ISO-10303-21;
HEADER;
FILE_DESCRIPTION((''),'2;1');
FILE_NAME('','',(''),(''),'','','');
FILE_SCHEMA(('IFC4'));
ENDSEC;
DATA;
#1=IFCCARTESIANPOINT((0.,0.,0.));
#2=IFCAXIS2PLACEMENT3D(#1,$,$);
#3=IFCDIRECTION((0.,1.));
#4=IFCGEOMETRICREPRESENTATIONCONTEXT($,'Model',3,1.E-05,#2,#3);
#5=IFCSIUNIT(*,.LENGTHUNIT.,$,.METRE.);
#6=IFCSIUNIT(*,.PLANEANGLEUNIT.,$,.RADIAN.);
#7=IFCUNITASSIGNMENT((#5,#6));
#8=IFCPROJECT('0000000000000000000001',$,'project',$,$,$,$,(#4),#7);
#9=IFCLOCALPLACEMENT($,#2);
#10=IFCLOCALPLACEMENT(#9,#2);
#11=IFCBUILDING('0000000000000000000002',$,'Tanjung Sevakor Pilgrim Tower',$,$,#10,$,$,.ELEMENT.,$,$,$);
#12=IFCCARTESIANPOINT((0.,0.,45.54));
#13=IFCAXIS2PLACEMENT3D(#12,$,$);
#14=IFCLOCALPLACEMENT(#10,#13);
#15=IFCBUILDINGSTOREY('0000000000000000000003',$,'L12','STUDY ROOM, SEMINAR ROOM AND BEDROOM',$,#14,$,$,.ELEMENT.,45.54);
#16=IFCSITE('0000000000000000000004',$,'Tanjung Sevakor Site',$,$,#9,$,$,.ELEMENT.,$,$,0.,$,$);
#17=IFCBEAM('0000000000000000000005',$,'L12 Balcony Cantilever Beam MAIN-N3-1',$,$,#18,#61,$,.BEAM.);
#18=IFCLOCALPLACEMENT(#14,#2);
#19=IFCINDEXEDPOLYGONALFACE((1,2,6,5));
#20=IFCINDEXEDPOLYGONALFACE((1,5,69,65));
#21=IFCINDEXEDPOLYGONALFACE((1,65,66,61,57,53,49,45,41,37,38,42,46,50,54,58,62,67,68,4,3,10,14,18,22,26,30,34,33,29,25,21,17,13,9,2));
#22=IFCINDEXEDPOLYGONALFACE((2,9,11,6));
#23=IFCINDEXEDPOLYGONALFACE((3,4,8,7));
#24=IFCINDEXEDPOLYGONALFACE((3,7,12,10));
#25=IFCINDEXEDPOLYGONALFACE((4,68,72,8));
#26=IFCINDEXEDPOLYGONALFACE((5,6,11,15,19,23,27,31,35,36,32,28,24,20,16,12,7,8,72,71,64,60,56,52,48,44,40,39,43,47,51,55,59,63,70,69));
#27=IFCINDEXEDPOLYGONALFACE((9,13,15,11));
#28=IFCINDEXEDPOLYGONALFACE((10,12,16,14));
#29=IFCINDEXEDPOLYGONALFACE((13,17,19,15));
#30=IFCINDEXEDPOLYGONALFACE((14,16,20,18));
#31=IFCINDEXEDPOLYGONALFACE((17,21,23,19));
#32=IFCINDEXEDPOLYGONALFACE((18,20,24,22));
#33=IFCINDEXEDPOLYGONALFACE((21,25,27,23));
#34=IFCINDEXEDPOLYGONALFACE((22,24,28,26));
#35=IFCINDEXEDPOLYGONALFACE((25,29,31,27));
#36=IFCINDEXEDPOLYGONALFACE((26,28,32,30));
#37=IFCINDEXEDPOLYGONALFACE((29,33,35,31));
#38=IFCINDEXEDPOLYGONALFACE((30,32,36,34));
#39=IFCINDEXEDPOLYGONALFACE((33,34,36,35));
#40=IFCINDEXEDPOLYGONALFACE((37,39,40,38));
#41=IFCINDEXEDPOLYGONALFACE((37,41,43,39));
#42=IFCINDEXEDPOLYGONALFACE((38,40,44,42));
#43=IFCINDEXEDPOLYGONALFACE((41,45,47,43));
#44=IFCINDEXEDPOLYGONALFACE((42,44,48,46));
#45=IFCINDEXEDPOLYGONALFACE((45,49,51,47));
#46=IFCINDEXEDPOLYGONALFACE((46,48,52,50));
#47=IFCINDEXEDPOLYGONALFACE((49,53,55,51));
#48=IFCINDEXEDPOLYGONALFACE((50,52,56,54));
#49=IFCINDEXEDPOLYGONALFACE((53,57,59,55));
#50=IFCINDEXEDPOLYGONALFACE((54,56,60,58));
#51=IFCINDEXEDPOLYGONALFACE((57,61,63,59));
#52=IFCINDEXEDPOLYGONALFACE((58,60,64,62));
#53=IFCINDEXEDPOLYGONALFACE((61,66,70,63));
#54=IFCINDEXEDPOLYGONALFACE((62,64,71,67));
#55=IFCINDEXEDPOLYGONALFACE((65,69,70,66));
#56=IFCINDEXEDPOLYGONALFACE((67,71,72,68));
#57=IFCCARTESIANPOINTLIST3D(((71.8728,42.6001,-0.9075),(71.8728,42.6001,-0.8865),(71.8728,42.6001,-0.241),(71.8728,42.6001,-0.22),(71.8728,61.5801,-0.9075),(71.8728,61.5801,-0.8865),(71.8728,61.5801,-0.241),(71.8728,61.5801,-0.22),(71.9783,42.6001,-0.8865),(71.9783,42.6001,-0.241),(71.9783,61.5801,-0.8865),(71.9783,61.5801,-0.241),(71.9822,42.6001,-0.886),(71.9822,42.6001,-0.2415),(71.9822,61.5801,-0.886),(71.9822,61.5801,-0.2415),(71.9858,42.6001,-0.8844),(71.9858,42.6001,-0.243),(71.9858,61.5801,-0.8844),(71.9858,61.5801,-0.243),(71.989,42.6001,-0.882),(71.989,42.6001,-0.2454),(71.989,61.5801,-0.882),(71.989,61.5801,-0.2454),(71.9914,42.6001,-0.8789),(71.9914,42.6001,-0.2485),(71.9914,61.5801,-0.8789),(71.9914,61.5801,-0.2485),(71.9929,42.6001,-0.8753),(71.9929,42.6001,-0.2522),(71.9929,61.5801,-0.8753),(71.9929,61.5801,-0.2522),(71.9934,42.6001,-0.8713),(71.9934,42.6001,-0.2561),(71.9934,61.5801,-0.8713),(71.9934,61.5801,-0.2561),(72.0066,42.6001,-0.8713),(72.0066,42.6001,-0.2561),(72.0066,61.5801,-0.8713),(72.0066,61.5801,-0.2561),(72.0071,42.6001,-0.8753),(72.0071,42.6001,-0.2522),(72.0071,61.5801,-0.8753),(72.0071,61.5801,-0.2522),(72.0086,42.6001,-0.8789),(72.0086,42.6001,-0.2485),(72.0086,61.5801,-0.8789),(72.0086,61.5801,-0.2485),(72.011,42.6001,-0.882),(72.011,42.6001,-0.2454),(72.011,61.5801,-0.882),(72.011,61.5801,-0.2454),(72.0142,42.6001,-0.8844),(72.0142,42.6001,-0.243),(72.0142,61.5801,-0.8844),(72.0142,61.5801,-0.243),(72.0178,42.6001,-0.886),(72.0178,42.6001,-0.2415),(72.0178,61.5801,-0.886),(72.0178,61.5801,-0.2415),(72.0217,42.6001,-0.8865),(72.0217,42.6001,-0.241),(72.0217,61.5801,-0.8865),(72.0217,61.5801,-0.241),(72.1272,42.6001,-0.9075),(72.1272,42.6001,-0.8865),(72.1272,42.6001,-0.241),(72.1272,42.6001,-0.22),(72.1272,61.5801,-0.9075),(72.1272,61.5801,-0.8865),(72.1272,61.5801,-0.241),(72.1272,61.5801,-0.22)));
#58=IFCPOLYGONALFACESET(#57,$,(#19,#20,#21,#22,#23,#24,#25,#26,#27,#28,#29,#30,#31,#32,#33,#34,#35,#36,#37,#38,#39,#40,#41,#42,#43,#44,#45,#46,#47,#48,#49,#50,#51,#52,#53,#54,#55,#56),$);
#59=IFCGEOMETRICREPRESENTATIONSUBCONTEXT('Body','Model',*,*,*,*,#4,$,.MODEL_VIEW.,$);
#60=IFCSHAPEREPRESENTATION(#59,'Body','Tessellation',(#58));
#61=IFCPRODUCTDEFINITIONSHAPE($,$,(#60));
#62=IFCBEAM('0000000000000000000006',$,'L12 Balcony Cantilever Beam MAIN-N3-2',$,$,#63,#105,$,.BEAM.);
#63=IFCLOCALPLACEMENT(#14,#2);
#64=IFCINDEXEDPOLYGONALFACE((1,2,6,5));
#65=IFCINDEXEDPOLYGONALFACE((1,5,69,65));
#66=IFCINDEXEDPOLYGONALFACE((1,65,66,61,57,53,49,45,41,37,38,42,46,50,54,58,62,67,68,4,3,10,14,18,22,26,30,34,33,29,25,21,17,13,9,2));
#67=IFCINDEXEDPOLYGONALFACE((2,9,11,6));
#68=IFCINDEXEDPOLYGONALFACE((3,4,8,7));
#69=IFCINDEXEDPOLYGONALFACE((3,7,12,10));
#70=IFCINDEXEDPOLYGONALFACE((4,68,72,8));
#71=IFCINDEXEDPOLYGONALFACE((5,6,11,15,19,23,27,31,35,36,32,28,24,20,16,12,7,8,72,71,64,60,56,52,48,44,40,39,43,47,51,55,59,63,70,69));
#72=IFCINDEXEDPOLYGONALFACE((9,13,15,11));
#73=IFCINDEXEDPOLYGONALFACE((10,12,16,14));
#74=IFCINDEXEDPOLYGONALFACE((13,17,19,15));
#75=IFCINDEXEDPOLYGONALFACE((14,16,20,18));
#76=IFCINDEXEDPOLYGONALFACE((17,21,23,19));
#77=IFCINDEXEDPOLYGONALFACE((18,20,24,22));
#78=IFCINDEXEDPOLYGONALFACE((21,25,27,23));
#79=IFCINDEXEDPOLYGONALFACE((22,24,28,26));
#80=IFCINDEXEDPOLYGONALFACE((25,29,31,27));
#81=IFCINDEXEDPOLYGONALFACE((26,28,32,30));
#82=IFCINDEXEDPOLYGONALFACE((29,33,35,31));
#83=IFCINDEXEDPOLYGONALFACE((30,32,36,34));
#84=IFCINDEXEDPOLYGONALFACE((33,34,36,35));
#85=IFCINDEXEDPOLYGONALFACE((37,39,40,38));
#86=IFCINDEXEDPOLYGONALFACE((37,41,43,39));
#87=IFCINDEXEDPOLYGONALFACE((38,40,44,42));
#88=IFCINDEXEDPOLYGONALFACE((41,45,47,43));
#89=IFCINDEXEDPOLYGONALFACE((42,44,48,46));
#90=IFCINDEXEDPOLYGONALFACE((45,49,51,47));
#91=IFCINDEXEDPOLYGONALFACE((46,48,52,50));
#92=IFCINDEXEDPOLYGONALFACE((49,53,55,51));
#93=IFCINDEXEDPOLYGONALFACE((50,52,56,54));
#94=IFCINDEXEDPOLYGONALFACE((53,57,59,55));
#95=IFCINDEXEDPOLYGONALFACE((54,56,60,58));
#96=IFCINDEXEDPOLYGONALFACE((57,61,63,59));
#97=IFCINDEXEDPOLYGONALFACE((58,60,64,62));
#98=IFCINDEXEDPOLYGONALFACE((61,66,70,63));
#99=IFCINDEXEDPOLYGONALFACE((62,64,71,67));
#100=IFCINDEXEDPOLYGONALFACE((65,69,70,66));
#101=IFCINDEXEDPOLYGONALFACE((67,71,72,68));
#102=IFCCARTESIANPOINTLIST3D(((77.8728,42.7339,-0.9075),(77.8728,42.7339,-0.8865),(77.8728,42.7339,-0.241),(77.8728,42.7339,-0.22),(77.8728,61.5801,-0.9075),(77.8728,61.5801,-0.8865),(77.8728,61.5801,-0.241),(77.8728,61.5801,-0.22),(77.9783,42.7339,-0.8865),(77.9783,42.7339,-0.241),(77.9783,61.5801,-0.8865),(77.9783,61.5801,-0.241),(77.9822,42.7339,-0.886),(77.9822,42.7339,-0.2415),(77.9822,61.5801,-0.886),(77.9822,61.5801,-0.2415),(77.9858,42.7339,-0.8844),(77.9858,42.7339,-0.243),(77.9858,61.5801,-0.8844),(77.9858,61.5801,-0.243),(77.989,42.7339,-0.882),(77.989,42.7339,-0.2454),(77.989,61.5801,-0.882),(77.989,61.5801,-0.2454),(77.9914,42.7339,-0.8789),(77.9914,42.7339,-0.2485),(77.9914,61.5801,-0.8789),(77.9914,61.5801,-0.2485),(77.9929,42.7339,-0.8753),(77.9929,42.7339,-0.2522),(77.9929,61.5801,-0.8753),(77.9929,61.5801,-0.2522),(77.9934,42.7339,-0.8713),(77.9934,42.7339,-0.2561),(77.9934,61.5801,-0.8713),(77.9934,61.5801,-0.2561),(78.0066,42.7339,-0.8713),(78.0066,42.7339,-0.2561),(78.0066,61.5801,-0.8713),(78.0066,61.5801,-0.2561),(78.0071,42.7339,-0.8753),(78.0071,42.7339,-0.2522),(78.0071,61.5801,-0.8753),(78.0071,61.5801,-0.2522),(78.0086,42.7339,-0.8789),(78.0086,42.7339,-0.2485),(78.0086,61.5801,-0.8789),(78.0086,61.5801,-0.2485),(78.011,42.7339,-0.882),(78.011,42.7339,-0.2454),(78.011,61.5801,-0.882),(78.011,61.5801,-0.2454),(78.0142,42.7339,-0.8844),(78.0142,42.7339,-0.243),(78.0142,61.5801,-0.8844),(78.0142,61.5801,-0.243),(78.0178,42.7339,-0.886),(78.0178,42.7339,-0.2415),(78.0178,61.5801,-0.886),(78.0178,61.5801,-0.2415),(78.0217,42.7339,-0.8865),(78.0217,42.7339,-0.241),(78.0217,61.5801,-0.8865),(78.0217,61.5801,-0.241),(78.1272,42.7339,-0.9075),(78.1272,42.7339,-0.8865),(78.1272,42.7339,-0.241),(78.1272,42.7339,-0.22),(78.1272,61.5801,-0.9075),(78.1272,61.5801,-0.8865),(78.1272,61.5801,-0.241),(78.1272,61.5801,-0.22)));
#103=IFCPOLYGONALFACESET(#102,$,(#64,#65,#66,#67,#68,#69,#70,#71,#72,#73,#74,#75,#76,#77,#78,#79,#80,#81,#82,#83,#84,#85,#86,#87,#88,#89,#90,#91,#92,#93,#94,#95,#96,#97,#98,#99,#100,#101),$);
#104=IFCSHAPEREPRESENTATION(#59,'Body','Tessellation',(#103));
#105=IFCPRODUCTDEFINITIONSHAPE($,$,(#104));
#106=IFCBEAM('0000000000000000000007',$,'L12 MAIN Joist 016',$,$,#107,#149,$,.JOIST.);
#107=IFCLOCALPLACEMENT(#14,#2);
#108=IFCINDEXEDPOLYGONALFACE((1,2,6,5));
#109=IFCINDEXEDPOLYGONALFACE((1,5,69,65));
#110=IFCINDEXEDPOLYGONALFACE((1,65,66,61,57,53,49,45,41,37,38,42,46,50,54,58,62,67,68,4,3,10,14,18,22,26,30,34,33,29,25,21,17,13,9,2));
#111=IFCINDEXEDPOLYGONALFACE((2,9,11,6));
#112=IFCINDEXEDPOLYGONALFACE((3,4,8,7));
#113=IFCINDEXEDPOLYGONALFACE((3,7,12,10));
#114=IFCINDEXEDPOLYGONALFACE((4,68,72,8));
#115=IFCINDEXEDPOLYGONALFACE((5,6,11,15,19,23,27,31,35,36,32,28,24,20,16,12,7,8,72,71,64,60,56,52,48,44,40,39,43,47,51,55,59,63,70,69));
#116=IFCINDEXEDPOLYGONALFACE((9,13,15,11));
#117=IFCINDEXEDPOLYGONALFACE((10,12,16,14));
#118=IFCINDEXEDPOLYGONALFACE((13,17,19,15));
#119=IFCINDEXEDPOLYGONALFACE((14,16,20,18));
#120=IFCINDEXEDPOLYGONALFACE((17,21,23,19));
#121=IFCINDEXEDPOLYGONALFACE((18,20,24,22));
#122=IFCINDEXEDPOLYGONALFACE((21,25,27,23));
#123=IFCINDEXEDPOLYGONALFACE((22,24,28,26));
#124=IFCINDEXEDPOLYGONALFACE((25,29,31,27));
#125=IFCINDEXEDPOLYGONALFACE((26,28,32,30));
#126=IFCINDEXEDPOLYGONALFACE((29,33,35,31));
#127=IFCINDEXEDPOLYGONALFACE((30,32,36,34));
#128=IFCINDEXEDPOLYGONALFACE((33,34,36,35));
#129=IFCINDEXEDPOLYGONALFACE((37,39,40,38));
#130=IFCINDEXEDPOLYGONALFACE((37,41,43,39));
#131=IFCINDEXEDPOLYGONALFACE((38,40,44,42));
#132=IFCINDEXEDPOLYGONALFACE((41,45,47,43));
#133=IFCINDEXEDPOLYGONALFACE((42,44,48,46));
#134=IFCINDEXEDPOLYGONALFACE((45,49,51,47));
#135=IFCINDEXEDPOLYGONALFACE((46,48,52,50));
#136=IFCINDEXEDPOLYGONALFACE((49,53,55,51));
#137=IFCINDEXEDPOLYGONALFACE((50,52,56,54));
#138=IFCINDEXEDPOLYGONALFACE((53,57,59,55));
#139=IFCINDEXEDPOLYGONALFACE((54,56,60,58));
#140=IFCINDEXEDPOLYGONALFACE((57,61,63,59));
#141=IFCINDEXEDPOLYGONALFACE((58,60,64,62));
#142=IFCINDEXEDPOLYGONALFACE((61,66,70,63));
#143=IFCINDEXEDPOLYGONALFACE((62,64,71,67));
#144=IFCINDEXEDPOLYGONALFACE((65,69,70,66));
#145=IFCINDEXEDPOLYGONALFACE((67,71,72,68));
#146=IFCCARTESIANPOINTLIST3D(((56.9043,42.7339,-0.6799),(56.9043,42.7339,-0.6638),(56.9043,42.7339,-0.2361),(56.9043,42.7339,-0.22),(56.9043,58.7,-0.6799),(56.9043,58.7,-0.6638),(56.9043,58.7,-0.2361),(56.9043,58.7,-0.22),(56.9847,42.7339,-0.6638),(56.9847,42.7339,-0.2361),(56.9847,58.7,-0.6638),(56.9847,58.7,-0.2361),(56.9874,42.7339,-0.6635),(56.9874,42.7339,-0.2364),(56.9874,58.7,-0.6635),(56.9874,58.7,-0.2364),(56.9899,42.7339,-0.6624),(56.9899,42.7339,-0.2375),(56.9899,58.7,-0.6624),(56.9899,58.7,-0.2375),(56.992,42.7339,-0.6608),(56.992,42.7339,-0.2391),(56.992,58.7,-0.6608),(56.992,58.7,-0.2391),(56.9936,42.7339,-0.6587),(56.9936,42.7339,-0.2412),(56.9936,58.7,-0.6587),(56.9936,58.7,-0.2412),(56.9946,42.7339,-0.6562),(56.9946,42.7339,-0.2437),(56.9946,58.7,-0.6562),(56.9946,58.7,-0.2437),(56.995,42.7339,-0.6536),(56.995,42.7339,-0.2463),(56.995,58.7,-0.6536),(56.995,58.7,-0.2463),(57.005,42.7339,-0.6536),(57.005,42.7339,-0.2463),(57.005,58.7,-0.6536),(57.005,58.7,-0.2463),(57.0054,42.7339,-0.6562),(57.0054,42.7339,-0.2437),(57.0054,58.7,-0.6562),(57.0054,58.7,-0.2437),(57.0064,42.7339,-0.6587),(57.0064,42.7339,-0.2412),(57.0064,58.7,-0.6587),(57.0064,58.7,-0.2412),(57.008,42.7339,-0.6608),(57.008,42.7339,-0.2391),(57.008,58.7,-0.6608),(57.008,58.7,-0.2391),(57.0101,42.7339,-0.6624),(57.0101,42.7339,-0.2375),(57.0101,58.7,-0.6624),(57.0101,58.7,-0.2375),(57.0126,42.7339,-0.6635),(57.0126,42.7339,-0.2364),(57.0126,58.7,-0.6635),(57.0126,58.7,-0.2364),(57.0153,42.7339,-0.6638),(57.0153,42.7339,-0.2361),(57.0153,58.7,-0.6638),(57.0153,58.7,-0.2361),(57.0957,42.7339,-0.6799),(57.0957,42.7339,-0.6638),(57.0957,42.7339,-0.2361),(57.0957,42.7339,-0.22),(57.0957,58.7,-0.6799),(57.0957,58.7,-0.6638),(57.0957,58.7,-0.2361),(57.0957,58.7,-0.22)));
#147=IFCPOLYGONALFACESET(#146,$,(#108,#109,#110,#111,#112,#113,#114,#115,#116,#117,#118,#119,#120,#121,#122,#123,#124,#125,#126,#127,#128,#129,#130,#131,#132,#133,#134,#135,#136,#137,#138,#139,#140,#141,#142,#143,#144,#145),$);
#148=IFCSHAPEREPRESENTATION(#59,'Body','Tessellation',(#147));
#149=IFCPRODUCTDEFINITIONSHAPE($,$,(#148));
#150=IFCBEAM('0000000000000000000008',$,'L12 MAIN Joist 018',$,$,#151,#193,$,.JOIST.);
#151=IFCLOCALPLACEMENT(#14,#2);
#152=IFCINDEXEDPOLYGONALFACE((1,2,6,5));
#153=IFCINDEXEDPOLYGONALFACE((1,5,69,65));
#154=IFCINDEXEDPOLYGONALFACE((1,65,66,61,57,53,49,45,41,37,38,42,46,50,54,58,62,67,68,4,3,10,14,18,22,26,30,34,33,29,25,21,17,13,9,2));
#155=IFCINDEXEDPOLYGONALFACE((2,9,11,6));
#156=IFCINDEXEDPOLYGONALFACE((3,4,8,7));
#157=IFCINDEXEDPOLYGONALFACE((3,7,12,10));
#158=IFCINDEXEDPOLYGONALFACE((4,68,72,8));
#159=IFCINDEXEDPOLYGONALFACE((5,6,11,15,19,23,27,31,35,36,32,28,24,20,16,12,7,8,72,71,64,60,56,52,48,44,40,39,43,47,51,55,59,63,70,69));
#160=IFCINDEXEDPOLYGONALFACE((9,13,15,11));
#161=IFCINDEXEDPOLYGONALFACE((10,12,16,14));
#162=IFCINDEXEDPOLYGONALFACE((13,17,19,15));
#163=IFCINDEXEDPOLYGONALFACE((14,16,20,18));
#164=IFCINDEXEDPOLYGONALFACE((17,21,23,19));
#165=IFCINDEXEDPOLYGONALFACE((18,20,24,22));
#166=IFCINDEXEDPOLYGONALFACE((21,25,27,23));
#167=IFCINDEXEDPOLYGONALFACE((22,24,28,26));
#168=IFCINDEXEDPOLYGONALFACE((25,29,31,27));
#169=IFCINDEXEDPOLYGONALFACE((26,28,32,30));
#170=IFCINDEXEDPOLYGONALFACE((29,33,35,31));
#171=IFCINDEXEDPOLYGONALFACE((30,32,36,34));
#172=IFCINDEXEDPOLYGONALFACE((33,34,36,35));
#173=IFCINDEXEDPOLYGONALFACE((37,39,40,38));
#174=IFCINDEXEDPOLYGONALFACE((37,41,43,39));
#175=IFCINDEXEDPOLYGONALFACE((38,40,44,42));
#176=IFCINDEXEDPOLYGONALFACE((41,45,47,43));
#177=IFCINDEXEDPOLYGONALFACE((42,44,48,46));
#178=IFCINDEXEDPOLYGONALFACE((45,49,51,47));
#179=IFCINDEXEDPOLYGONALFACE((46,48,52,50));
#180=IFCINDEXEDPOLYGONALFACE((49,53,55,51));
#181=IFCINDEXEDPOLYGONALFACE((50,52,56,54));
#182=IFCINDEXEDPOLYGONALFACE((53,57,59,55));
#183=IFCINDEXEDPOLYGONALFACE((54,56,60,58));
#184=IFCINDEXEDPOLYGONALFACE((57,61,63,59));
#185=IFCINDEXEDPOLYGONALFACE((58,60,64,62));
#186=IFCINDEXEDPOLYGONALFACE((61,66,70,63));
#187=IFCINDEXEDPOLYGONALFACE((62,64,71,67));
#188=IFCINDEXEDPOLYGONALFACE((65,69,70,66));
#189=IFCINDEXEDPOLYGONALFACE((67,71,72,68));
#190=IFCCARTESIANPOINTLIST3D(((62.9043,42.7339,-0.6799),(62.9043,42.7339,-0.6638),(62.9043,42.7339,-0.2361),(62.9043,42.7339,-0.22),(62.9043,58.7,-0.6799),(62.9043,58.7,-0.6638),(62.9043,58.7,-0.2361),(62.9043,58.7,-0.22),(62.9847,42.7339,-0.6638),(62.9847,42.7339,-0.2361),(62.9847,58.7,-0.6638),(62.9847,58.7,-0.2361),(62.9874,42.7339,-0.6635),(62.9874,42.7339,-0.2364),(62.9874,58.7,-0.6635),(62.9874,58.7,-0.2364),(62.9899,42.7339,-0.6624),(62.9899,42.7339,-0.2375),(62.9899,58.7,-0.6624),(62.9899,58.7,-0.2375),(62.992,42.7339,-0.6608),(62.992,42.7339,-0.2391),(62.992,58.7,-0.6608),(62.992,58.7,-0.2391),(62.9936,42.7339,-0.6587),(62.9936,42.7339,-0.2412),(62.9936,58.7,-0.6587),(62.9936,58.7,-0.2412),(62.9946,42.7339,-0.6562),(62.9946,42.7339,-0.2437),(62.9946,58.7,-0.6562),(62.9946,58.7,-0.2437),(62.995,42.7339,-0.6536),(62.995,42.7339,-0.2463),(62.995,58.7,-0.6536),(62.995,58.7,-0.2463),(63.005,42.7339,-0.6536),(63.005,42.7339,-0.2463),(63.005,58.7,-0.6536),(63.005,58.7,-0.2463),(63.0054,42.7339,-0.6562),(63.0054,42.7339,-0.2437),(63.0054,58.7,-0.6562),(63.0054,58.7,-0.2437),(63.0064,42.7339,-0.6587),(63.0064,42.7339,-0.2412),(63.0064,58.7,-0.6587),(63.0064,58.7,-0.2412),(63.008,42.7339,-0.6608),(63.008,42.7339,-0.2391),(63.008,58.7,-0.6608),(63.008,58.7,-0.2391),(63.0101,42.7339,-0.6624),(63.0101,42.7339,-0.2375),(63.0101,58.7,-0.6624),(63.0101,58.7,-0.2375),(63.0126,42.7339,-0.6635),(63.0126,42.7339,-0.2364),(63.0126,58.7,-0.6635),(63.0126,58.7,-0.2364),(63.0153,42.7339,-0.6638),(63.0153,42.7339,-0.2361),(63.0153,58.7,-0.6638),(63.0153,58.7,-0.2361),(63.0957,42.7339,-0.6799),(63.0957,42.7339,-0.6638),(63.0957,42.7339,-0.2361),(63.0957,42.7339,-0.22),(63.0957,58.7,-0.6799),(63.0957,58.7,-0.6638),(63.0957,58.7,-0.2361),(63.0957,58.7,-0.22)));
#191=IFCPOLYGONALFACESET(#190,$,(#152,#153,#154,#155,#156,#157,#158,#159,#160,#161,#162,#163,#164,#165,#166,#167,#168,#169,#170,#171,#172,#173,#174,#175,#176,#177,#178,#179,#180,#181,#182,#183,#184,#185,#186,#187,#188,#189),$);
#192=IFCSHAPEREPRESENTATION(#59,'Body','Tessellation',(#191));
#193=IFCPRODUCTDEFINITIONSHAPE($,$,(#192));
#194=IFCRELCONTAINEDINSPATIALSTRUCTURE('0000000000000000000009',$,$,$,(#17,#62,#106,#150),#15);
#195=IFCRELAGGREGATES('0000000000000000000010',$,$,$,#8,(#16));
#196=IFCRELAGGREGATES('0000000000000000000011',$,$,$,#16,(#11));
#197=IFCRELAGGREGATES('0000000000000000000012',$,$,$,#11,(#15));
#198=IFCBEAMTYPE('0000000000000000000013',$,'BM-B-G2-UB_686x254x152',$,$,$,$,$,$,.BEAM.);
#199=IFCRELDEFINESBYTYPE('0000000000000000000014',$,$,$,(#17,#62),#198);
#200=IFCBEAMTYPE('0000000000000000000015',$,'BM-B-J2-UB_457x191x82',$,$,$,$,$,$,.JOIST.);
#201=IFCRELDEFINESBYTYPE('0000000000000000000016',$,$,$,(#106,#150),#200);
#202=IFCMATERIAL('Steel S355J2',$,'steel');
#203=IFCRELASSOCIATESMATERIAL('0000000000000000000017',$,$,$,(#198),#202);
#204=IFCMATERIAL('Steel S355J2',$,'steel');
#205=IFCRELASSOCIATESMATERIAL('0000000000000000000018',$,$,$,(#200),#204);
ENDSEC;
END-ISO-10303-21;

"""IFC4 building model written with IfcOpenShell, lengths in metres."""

from ifc_helpers import new_model, si_unit, direction, frame, origin, origin_2d, place, context, subcontext, project, spatial, i_section, extrude, material, material_profile, profile_set, type_object, element, save


model = new_model("IFC4")

# Units and contexts
model_context = context("Model", 3, precision=1e-05, world=origin(), true_north=direction((0.0, 1.0)))
body_context = subcontext(model_context, "Body", "Model", "MODEL_VIEW")
ifc_project = project(units=[si_unit("LENGTHUNIT", "METRE"), si_unit("PLANEANGLEUNIT", "RADIAN")], contexts=[model_context])

# Site, building, storey
site_placement = place(None, origin())
site = spatial("IfcSite", under=ifc_project, at=site_placement, Name="Tanjung Sevakor Site", CompositionType="ELEMENT", RefElevation=0.0)
building_placement = place(site_placement, origin())
building = spatial("IfcBuilding", under=site, at=building_placement, Name="Tanjung Sevakor Pilgrim Tower", CompositionType="ELEMENT")
storey_placement = place(building_placement, frame((0.0, 0.0, 45.54)))
storey = spatial("IfcBuildingStorey", under=building, at=storey_placement, Name="L12", Description="STUDY ROOM, SEMINAR ROOM AND BEDROOM", CompositionType="ELEMENT", Elevation=45.54)

# Beams
ifc_material_1 = material(Name="Steel S355J2", Category="steel")
ifc_material_profile_1 = material_profile(ifc_material_1, i_section(OverallWidth=0.2544, OverallDepth=0.6875, WebThickness=0.0132, FlangeThickness=0.021, FilletRadius=0.0151, at=origin_2d()))
ifc_profile_set_1 = profile_set([ifc_material_profile_1], Name="Steel S355J2")
beam_type_1 = type_object("IfcBeamType", Name="BM-B-G2-UB_686x254x152", PredefinedType="BEAM", material=ifc_profile_set_1)
for number, where, z_axis, x_axis, name in (
    (1, (72.0, 42.6001, -0.5637), (0.0, 1.0, 0.0), (-1.0, 0.0, 0.0), "L12 Balcony Cantilever Beam MAIN-N3-1"),
):
    element("IfcBeam", number, at=place(storey_placement, frame(where, z_axis=z_axis, x_axis=x_axis)), inside=storey, type_object=beam_type_1, Name=name, PredefinedType="BEAM", context=body_context, shape_type="SweptSolid", body=[
        extrude(i_section(OverallWidth=0.2544, OverallDepth=0.6875, WebThickness=0.0132, FlangeThickness=0.021, FilletRadius=0.0151, at=origin_2d()), origin(), (0.0, 0.0, 1.0), 18.98),
    ])
beam_1_placement = place(storey_placement, frame((78.0, 42.7339, -0.5637), z_axis=(0.0, 1.0, 0.0), x_axis=(-1.0, 0.0, 0.0)))
element("IfcBeam", 2, at=beam_1_placement, inside=storey, type_object=beam_type_1, Name="L12 Balcony Cantilever Beam MAIN-N3-2", PredefinedType="BEAM", context=body_context, shape_type="SweptSolid", body=[
    extrude(i_section(OverallWidth=0.2544, OverallDepth=0.6875, WebThickness=0.0132, FlangeThickness=0.021, FilletRadius=0.0151, at=origin_2d()), origin(), (0.0, 0.0, 1.0), 18.8462),
])
ifc_material_2 = material(Name="Steel S355J2", Category="steel")
ifc_material_profile_2 = material_profile(ifc_material_2, i_section(OverallWidth=0.1914, OverallDepth=0.46, WebThickness=0.01, FlangeThickness=0.0161, FilletRadius=0.0103, at=origin_2d()))
ifc_profile_set_2 = profile_set([ifc_material_profile_2], Name="Steel S355J2")
beam_type_2 = type_object("IfcBeamType", Name="BM-B-J2-UB_457x191x82", PredefinedType="JOIST", material=ifc_profile_set_2)
for number, where, z_axis, x_axis, name in (
    (3, (57.0, 42.7339, -0.45), (0.0, 1.0, 0.0), (-1.0, 0.0, 0.0), "L12 MAIN Joist 016"),
    (4, (63.0, 42.7339, -0.45), (0.0, 1.0, 0.0), (-1.0, 0.0, 0.0), "L12 MAIN Joist 018"),
):
    element("IfcBeam", number, at=place(storey_placement, frame(where, z_axis=z_axis, x_axis=x_axis)), inside=storey, type_object=beam_type_2, Name=name, PredefinedType="JOIST", context=body_context, shape_type="SweptSolid", body=[
        extrude(i_section(OverallWidth=0.1914, OverallDepth=0.46, WebThickness=0.01, FlangeThickness=0.0161, FilletRadius=0.0103, at=origin_2d()), origin(), (0.0, 0.0, 1.0), 15.9661),
    ])

save(model, "model.ifc")
